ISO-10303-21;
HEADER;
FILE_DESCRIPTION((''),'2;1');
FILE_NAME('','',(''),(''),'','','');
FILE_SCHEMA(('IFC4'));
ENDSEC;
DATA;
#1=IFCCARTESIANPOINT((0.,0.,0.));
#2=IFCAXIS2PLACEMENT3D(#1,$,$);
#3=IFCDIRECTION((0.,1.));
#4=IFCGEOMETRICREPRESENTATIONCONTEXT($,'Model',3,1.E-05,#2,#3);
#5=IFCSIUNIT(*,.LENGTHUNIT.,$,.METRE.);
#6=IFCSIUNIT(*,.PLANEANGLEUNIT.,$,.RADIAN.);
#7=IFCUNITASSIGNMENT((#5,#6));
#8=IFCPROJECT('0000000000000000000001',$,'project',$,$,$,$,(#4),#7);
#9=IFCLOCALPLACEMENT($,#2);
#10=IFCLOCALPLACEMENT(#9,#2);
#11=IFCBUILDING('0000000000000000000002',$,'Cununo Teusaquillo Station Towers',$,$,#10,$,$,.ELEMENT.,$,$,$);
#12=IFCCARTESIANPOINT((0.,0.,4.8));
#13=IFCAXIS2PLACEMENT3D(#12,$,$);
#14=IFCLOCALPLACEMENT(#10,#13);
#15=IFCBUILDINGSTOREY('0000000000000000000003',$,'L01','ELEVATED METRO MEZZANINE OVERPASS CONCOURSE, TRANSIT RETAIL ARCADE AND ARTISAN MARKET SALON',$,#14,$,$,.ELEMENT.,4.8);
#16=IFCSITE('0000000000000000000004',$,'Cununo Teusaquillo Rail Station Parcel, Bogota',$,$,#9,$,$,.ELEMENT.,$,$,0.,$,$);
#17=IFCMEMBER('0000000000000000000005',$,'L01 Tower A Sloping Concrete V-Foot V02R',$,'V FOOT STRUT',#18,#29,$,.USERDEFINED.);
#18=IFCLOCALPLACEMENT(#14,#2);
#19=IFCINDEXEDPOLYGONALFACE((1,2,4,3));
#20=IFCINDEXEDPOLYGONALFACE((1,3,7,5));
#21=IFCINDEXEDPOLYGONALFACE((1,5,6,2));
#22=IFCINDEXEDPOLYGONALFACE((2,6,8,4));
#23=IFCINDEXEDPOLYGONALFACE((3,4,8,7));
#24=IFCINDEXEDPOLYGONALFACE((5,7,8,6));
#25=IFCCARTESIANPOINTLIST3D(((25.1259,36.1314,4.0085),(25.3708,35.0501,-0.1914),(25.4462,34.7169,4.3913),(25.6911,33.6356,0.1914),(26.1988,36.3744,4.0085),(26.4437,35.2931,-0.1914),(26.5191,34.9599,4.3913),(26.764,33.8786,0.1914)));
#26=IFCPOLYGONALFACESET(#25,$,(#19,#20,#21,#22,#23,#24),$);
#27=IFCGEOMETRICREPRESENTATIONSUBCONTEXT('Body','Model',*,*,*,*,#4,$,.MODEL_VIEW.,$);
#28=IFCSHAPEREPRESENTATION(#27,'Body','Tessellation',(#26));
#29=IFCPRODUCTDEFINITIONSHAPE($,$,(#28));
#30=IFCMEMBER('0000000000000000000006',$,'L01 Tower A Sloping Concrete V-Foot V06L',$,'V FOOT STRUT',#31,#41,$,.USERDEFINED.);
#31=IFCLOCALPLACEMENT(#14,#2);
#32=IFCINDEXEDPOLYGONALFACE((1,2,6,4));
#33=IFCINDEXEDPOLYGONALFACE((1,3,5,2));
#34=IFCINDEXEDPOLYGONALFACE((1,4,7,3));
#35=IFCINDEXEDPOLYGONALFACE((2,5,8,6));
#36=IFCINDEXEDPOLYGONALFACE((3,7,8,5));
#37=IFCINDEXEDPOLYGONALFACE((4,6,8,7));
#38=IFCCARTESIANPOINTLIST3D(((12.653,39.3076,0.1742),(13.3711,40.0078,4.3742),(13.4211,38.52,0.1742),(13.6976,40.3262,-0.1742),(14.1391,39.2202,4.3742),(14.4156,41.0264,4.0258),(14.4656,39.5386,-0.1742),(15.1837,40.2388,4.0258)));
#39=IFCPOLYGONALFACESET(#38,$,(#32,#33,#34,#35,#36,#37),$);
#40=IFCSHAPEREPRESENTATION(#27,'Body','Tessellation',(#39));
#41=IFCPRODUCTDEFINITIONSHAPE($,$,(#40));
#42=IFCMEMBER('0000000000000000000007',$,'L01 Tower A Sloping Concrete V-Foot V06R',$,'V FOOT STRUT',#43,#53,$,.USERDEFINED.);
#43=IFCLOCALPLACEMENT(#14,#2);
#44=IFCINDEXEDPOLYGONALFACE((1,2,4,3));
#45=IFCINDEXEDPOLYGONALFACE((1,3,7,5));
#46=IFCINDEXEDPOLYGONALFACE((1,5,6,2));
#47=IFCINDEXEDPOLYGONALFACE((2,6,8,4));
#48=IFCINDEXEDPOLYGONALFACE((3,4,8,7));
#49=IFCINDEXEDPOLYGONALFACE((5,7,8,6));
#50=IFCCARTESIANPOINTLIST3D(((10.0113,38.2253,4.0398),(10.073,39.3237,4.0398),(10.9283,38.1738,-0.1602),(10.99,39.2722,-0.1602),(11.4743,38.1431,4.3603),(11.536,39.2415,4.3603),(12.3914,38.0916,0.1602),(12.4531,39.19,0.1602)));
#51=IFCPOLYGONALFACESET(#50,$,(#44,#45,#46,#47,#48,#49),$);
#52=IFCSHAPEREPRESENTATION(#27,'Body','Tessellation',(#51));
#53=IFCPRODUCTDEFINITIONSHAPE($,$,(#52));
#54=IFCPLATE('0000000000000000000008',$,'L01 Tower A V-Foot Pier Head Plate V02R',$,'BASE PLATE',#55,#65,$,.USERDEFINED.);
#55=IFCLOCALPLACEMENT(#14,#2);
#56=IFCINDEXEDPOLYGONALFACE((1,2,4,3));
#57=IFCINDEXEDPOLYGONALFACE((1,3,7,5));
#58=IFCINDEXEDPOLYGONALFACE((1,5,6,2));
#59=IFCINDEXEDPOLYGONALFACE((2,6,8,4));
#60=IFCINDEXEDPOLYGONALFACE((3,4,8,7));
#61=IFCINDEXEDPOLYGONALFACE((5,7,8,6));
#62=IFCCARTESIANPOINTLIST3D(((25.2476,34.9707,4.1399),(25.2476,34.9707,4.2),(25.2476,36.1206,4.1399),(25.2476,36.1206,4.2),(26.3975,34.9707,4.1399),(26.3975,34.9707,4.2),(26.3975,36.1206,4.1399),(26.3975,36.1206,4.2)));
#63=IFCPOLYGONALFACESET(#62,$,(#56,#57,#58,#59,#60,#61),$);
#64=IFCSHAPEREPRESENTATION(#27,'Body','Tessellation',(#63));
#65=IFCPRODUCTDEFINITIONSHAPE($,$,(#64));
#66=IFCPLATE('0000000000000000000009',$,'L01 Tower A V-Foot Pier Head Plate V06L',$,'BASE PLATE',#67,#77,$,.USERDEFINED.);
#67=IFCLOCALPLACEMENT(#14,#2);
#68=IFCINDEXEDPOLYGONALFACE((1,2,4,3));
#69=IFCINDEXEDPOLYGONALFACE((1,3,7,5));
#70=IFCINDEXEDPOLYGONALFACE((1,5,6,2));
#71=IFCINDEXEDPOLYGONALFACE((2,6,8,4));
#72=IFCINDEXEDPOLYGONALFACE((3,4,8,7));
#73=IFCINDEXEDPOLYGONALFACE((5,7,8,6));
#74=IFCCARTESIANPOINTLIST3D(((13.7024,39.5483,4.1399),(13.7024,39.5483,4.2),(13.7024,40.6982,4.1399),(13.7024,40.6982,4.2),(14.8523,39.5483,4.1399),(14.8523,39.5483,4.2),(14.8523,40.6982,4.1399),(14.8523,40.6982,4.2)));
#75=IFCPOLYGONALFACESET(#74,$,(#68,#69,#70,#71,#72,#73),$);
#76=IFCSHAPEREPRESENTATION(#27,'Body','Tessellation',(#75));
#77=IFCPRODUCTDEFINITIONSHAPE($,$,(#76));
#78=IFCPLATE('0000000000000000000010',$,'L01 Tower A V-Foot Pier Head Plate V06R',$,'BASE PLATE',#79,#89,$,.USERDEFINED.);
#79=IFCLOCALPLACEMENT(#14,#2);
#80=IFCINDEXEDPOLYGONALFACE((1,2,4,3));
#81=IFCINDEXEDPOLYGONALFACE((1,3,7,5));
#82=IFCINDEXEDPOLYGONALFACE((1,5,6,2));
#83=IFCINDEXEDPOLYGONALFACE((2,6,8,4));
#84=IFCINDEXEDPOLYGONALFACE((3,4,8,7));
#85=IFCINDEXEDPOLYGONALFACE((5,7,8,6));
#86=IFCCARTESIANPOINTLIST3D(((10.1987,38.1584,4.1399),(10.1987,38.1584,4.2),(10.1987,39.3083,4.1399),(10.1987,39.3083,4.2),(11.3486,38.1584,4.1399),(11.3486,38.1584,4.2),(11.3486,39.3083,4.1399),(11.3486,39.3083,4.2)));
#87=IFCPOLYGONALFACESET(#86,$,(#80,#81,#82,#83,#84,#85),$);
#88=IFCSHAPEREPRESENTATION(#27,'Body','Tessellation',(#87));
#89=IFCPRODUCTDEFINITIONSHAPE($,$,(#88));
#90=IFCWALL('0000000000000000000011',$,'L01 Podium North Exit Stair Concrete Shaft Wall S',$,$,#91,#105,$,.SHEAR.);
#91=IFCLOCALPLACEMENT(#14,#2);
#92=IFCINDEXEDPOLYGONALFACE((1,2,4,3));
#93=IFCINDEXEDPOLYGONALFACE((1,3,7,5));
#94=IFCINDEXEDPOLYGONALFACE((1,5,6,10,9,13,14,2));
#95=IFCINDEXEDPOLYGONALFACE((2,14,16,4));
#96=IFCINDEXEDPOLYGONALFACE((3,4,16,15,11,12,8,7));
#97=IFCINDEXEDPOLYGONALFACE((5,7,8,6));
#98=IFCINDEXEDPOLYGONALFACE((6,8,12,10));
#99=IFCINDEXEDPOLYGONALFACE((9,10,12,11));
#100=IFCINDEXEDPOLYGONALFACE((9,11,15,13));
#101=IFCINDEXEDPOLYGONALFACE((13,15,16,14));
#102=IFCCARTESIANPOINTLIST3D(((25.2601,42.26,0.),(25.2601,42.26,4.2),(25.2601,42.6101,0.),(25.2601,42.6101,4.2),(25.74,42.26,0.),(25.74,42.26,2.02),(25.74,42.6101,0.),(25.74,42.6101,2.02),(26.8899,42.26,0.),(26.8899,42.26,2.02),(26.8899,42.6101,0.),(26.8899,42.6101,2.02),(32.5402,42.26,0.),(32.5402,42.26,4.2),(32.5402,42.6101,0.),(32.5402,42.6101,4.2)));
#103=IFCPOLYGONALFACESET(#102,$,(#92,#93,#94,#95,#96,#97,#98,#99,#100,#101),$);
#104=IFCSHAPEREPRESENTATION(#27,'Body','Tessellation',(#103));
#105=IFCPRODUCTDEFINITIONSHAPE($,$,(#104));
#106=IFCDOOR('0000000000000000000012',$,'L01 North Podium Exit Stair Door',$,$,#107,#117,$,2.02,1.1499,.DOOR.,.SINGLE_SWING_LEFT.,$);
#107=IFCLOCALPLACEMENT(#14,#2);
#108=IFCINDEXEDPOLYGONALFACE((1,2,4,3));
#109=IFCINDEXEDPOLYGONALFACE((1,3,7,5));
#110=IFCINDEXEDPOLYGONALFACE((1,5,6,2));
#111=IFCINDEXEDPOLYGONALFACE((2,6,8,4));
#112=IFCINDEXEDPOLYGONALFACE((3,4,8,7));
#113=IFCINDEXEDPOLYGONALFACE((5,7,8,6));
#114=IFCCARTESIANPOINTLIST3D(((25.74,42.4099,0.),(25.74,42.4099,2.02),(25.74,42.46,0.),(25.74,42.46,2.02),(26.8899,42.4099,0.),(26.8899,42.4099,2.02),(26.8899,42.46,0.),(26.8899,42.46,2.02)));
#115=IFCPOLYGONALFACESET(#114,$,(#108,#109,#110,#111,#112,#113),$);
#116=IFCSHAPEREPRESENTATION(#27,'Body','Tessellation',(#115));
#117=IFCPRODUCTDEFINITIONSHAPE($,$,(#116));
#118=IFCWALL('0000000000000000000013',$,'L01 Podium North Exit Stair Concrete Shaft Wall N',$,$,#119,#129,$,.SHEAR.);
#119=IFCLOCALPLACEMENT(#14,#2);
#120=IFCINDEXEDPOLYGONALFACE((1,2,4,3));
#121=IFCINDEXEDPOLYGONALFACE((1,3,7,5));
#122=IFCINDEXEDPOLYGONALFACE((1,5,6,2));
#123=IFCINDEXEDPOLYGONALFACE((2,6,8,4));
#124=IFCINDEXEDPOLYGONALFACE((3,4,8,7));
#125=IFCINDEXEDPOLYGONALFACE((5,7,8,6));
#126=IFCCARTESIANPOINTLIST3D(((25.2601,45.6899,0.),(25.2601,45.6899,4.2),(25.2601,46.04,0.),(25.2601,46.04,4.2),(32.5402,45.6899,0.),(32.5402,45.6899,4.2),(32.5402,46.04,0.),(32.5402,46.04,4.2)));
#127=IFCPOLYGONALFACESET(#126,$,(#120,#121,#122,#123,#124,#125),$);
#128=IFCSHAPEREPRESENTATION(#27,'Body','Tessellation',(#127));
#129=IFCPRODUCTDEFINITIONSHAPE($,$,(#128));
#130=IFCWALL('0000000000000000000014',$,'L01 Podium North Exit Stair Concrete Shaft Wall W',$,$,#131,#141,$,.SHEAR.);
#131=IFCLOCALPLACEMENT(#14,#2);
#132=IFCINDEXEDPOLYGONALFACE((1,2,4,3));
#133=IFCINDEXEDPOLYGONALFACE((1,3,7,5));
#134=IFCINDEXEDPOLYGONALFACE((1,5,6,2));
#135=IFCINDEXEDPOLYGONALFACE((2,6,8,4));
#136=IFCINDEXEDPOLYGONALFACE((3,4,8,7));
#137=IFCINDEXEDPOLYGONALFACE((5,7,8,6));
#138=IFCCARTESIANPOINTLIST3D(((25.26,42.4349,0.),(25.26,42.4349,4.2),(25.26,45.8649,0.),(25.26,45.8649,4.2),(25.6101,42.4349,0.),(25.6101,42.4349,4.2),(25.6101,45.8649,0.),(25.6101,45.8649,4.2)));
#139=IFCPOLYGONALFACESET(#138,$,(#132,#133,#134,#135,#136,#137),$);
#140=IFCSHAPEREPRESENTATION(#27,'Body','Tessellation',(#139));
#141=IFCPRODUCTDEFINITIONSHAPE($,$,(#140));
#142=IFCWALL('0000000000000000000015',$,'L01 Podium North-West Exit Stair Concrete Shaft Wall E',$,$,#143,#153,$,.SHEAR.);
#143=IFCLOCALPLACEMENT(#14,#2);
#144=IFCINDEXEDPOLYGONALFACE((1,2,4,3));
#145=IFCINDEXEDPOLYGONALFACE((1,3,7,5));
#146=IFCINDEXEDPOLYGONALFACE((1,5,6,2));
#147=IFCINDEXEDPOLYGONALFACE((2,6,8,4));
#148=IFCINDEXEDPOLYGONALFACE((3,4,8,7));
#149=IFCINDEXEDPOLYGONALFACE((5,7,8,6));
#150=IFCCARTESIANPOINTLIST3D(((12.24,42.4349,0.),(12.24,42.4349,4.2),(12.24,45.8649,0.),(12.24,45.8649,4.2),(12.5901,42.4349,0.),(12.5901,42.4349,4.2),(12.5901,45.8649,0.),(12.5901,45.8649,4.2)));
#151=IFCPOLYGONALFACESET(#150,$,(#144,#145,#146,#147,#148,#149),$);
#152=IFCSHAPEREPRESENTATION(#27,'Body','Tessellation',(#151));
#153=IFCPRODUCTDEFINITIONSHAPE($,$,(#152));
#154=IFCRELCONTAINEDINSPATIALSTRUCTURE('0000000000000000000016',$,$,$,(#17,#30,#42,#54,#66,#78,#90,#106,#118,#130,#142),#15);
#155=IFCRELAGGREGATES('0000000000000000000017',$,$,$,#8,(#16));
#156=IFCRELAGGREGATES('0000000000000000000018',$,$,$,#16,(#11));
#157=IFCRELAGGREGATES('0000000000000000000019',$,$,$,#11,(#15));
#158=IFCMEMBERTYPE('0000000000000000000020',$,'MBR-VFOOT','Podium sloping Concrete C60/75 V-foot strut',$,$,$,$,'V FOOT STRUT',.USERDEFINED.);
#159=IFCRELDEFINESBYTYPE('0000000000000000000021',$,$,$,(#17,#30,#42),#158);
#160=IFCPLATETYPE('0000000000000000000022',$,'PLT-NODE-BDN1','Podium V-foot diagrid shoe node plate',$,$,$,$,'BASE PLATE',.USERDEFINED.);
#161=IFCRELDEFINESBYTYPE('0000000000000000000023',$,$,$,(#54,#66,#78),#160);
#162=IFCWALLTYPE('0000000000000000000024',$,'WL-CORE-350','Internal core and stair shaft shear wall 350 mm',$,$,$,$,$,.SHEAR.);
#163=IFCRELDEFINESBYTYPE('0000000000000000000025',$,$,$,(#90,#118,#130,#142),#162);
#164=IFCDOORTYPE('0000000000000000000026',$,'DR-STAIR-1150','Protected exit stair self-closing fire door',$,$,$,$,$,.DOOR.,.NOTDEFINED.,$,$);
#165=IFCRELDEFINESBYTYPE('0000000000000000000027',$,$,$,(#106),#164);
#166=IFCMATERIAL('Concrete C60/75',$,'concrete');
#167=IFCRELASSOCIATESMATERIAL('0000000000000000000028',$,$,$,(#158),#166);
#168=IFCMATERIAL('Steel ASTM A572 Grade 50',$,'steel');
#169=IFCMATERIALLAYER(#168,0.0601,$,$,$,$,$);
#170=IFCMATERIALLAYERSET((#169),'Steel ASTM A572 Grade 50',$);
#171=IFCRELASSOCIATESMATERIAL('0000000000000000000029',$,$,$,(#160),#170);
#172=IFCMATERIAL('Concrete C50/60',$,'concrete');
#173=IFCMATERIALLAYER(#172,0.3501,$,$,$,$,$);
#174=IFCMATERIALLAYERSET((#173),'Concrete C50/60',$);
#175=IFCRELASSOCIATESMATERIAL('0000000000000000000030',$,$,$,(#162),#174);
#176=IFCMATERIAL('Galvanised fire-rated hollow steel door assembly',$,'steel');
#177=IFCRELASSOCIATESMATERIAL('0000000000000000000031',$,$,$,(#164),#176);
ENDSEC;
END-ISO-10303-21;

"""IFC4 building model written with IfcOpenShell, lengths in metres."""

from ifc_helpers import new_model, si_unit, direction, frame, frame_2d, origin, origin_2d, place, context, subcontext, project, spatial, rectangle, extrude, source, transform, mapped, material, layer, layer_set, material_profile, profile_set, type_object, element, fill, save


model = new_model("IFC4")

# Units and contexts
model_context = context("Model", 3, precision=1e-05, world=origin(), true_north=direction((0.0, 1.0)))
body_context = subcontext(model_context, "Body", "Model", "MODEL_VIEW")
ifc_project = project(units=[si_unit("LENGTHUNIT", "METRE"), si_unit("PLANEANGLEUNIT", "RADIAN")], contexts=[model_context])

# Site, building, storey
site_placement = place(None, origin())
site = spatial("IfcSite", under=ifc_project, at=site_placement, Name="Cununo Teusaquillo Rail Station Parcel, Bogota", CompositionType="ELEMENT", RefElevation=0.0)
building_placement = place(site_placement, origin())
building = spatial("IfcBuilding", under=site, at=building_placement, Name="Cununo Teusaquillo Station Towers", CompositionType="ELEMENT")
storey_placement = place(building_placement, frame((0.0, 0.0, 4.8)))
storey = spatial("IfcBuildingStorey", under=building, at=storey_placement, Name="L01", Description="ELEVATED METRO MEZZANINE OVERPASS CONCOURSE, TRANSIT RETAIL ARCADE AND ARTISAN MARKET SALON", CompositionType="ELEMENT", Elevation=4.8)

# Members
ifc_material_1 = material(Name="Concrete C60/75", Category="concrete")
ifc_material_profile_1 = material_profile(ifc_material_1, rectangle(XDim=1.1001, YDim=1.5, at=origin_2d()), Name="RC-RECT-1500x1100")
ifc_profile_set_1 = profile_set([ifc_material_profile_1], Name="Concrete C60/75")
member_type = type_object("IfcMemberType", Name="MBR-VFOOT", Description="Podium sloping Concrete C60/75 V-foot strut", ElementType="V FOOT STRUT", PredefinedType="USERDEFINED", material=ifc_profile_set_1)
member_1_placement = place(storey_placement, frame((26.0674, 34.4644, 0.0), z_axis=(-0.056373, 0.248928, 0.96688), x_axis=(-0.975303, -0.220869, 0.0)))
element("IfcMember", 1, at=member_1_placement, inside=storey, type_object=member_type, Name="L01 Tower A Sloping Concrete V-Foot V02R", ObjectType="V FOOT STRUT", PredefinedType="USERDEFINED", context=body_context, shape_type="SweptSolid", body=[
    extrude(rectangle(XDim=1.1001, YDim=1.5, at=origin_2d()), origin(), (0.0, 0.0, 1.0), 4.3438),
])
member_2_placement = place(storey_placement, frame((13.5593, 39.4231, 0.0), z_axis=(0.166283, 0.162156, 0.972654), x_axis=(-0.698166, 0.715936, 0.0)))
element("IfcMember", 2, at=member_2_placement, inside=storey, type_object=member_type, Name="L01 Tower A Sloping Concrete V-Foot V06L", ObjectType="V FOOT STRUT", PredefinedType="USERDEFINED", context=body_context, shape_type="SweptSolid", body=[
    extrude(rectangle(XDim=1.1001, YDim=1.5, at=origin_2d()), origin(), (0.0, 0.0, 1.0), 4.3181),
])
member_3_placement = place(storey_placement, frame((11.6907, 38.6819, 0.0), z_axis=(-0.213294, 0.011982, 0.976915), x_axis=(-0.056088, -0.998426, 0.0)))
element("IfcMember", 3, at=member_3_placement, inside=storey, type_object=member_type, Name="L01 Tower A Sloping Concrete V-Foot V06R", ObjectType="V FOOT STRUT", PredefinedType="USERDEFINED", context=body_context, shape_type="SweptSolid", body=[
    extrude(rectangle(XDim=1.1001, YDim=1.5, at=origin_2d()), origin(), (0.0, 0.0, 1.0), 4.2993),
])

# Plates
ifc_material_2 = material(Name="Steel ASTM A572 Grade 50", Category="steel")
ifc_layer_1 = layer(ifc_material_2, 0.0601)
ifc_layer_set_1 = layer_set([ifc_layer_1], Name="Steel ASTM A572 Grade 50")
plate_type = type_object("IfcPlateType", Name="PLT-NODE-BDN1", Description="Podium V-foot diagrid shoe node plate", ElementType="BASE PLATE", PredefinedType="USERDEFINED", material=ifc_layer_set_1)
shared_shape_1 = source(origin(), body_context, "Body", "SweptSolid", [
    extrude(rectangle(XDim=1.1499, YDim=1.1499, at=origin_2d()), origin(), (0.0, 0.0, 1.0), 0.0601),
])
for number, where, z_axis, x_axis, name in (
    (4, (25.8225, 35.5457, 4.1399), (0.0, 0.0, 1.0), (1.0, 0.0, 0.0), "L01 Tower A V-Foot Pier Head Plate V02R"),
    (5, (14.2773, 40.1233, 4.1399), (0.0, 0.0, 1.0), (1.0, 0.0, 0.0), "L01 Tower A V-Foot Pier Head Plate V06L"),
    (6, (10.7737, 38.7334, 4.1399), (0.0, 0.0, 1.0), (1.0, 0.0, 0.0), "L01 Tower A V-Foot Pier Head Plate V06R"),
):
    element("IfcPlate", number, at=place(storey_placement, frame(where, z_axis=z_axis, x_axis=x_axis)), inside=storey, type_object=plate_type, Name=name, ObjectType="BASE PLATE", PredefinedType="USERDEFINED", context=body_context, shape_type="MappedRepresentation", body=[
        mapped(shared_shape_1, transform((0.0, 0.0, 0.0), x_axis=(1.0, 0.0, 0.0), y_axis=(0.0, 1.0, 0.0), z_axis=(0.0, 0.0, 1.0), scale=1.0)),
    ])

# Wall, opening, door
ifc_material_3 = material(Name="Concrete C50/60", Category="concrete")
ifc_layer_2 = layer(ifc_material_3, 0.3501)
ifc_layer_set_2 = layer_set([ifc_layer_2], Name="Concrete C50/60")
wall_type_1 = type_object("IfcWallType", Name="WL-CORE-350", Description="Internal core and stair shaft shear wall 350 mm", PredefinedType="SHEAR", material=ifc_layer_set_2)
wall_1_placement = place(storey_placement, frame((25.26, 42.4351, 0.0), z_axis=(0.0, 0.0, 1.0), x_axis=(1.0, 0.0, 0.0)))
wall_1 = element("IfcWall", 7, at=wall_1_placement, inside=storey, type_object=wall_type_1, Name="L01 Podium North Exit Stair Concrete Shaft Wall S", PredefinedType="SHEAR", context=body_context, shape_type="SweptSolid", body=[
    extrude(rectangle(XDim=7.28, YDim=0.3501, at=frame_2d((3.6401, 0.0))), origin(), (0.0, 0.0, 1.0), 4.2),
])
shared_shape_2 = source(origin(), body_context, "Body", "SweptSolid", [
    extrude(rectangle(XDim=1.1499, YDim=2.02, at=frame_2d((0.575, 1.01))), frame((0.0, 0.1851, 0.0), z_axis=(0.0, -1.0, 0.0), x_axis=(1.0, 0.0, 0.0)), (0.0, 0.0, 1.0), 0.3701),
])
opening_1_placement = place(wall_1_placement, frame((0.48, 0.0, 0.0)))
opening_1 = element("IfcOpeningElement", 8, at=opening_1_placement, cuts=wall_1, PredefinedType="OPENING", context=body_context, shape_type="MappedRepresentation", body=[
    mapped(shared_shape_2, transform((0.0, 0.0, 0.0), x_axis=(1.0, 0.0, 0.0), y_axis=(0.0, 1.0, 0.0), z_axis=(0.0, 0.0, 1.0), scale=1.0)),
])
ifc_material_4 = material(Name="Galvanised fire-rated hollow steel door assembly", Category="steel")
door_type_1 = type_object("IfcDoorType", Name="DR-STAIR-1150", Description="Protected exit stair self-closing fire door", OperationType="NOTDEFINED", PredefinedType="DOOR", material=ifc_material_4)
shared_shape_3 = source(origin(), body_context, "Body", "SweptSolid", [
    extrude(rectangle(XDim=1.1499, YDim=2.02, at=frame_2d((0.575, 1.01))), frame((0.0, 0.0249, 0.0), z_axis=(0.0, -1.0, 0.0), x_axis=(1.0, 0.0, 0.0)), (0.0, 0.0, 1.0), 0.05),
])
door_1_placement = place(opening_1_placement, origin())
door_1 = element("IfcDoor", 9, at=door_1_placement, inside=storey, type_object=door_type_1, Name="L01 North Podium Exit Stair Door", OperationType="SINGLE_SWING_LEFT", OverallHeight=2.02, OverallWidth=1.1499, PredefinedType="DOOR", context=body_context, shape_type="MappedRepresentation", body=[
    mapped(shared_shape_3, transform((0.0, 0.0, 0.0), x_axis=(1.0, 0.0, 0.0), y_axis=(0.0, 1.0, 0.0), z_axis=(0.0, 0.0, 1.0), scale=1.0)),
])
fill(opening_1, door_1)

# Walls
wall_2_placement = place(storey_placement, frame((25.26, 45.865, 0.0), z_axis=(0.0, 0.0, 1.0), x_axis=(1.0, 0.0, 0.0)))
element("IfcWall", 10, at=wall_2_placement, inside=storey, type_object=wall_type_1, Name="L01 Podium North Exit Stair Concrete Shaft Wall N", PredefinedType="SHEAR", context=body_context, shape_type="SweptSolid", body=[
    extrude(rectangle(XDim=7.28, YDim=0.3501, at=frame_2d((3.6401, 0.0))), origin(), (0.0, 0.0, 1.0), 4.2),
])
for number, where, z_axis, x_axis, name in (
    (11, (25.4351, 42.4351, 0.0), (0.0, 0.0, 1.0), (0.0, 1.0, 0.0), "L01 Podium North Exit Stair Concrete Shaft Wall W"),
    (12, (12.415, 42.4351, 0.0), (0.0, 0.0, 1.0), (0.0, 1.0, 0.0), "L01 Podium North-West Exit Stair Concrete Shaft Wall E"),
):
    element("IfcWall", number, at=place(storey_placement, frame(where, z_axis=z_axis, x_axis=x_axis)), inside=storey, type_object=wall_type_1, Name=name, PredefinedType="SHEAR", context=body_context, shape_type="SweptSolid", body=[
        extrude(rectangle(XDim=3.4299, YDim=0.3501, at=frame_2d((1.7148, 0.0))), origin(), (0.0, 0.0, 1.0), 4.2),
    ])

save(model, "model.ifc")
